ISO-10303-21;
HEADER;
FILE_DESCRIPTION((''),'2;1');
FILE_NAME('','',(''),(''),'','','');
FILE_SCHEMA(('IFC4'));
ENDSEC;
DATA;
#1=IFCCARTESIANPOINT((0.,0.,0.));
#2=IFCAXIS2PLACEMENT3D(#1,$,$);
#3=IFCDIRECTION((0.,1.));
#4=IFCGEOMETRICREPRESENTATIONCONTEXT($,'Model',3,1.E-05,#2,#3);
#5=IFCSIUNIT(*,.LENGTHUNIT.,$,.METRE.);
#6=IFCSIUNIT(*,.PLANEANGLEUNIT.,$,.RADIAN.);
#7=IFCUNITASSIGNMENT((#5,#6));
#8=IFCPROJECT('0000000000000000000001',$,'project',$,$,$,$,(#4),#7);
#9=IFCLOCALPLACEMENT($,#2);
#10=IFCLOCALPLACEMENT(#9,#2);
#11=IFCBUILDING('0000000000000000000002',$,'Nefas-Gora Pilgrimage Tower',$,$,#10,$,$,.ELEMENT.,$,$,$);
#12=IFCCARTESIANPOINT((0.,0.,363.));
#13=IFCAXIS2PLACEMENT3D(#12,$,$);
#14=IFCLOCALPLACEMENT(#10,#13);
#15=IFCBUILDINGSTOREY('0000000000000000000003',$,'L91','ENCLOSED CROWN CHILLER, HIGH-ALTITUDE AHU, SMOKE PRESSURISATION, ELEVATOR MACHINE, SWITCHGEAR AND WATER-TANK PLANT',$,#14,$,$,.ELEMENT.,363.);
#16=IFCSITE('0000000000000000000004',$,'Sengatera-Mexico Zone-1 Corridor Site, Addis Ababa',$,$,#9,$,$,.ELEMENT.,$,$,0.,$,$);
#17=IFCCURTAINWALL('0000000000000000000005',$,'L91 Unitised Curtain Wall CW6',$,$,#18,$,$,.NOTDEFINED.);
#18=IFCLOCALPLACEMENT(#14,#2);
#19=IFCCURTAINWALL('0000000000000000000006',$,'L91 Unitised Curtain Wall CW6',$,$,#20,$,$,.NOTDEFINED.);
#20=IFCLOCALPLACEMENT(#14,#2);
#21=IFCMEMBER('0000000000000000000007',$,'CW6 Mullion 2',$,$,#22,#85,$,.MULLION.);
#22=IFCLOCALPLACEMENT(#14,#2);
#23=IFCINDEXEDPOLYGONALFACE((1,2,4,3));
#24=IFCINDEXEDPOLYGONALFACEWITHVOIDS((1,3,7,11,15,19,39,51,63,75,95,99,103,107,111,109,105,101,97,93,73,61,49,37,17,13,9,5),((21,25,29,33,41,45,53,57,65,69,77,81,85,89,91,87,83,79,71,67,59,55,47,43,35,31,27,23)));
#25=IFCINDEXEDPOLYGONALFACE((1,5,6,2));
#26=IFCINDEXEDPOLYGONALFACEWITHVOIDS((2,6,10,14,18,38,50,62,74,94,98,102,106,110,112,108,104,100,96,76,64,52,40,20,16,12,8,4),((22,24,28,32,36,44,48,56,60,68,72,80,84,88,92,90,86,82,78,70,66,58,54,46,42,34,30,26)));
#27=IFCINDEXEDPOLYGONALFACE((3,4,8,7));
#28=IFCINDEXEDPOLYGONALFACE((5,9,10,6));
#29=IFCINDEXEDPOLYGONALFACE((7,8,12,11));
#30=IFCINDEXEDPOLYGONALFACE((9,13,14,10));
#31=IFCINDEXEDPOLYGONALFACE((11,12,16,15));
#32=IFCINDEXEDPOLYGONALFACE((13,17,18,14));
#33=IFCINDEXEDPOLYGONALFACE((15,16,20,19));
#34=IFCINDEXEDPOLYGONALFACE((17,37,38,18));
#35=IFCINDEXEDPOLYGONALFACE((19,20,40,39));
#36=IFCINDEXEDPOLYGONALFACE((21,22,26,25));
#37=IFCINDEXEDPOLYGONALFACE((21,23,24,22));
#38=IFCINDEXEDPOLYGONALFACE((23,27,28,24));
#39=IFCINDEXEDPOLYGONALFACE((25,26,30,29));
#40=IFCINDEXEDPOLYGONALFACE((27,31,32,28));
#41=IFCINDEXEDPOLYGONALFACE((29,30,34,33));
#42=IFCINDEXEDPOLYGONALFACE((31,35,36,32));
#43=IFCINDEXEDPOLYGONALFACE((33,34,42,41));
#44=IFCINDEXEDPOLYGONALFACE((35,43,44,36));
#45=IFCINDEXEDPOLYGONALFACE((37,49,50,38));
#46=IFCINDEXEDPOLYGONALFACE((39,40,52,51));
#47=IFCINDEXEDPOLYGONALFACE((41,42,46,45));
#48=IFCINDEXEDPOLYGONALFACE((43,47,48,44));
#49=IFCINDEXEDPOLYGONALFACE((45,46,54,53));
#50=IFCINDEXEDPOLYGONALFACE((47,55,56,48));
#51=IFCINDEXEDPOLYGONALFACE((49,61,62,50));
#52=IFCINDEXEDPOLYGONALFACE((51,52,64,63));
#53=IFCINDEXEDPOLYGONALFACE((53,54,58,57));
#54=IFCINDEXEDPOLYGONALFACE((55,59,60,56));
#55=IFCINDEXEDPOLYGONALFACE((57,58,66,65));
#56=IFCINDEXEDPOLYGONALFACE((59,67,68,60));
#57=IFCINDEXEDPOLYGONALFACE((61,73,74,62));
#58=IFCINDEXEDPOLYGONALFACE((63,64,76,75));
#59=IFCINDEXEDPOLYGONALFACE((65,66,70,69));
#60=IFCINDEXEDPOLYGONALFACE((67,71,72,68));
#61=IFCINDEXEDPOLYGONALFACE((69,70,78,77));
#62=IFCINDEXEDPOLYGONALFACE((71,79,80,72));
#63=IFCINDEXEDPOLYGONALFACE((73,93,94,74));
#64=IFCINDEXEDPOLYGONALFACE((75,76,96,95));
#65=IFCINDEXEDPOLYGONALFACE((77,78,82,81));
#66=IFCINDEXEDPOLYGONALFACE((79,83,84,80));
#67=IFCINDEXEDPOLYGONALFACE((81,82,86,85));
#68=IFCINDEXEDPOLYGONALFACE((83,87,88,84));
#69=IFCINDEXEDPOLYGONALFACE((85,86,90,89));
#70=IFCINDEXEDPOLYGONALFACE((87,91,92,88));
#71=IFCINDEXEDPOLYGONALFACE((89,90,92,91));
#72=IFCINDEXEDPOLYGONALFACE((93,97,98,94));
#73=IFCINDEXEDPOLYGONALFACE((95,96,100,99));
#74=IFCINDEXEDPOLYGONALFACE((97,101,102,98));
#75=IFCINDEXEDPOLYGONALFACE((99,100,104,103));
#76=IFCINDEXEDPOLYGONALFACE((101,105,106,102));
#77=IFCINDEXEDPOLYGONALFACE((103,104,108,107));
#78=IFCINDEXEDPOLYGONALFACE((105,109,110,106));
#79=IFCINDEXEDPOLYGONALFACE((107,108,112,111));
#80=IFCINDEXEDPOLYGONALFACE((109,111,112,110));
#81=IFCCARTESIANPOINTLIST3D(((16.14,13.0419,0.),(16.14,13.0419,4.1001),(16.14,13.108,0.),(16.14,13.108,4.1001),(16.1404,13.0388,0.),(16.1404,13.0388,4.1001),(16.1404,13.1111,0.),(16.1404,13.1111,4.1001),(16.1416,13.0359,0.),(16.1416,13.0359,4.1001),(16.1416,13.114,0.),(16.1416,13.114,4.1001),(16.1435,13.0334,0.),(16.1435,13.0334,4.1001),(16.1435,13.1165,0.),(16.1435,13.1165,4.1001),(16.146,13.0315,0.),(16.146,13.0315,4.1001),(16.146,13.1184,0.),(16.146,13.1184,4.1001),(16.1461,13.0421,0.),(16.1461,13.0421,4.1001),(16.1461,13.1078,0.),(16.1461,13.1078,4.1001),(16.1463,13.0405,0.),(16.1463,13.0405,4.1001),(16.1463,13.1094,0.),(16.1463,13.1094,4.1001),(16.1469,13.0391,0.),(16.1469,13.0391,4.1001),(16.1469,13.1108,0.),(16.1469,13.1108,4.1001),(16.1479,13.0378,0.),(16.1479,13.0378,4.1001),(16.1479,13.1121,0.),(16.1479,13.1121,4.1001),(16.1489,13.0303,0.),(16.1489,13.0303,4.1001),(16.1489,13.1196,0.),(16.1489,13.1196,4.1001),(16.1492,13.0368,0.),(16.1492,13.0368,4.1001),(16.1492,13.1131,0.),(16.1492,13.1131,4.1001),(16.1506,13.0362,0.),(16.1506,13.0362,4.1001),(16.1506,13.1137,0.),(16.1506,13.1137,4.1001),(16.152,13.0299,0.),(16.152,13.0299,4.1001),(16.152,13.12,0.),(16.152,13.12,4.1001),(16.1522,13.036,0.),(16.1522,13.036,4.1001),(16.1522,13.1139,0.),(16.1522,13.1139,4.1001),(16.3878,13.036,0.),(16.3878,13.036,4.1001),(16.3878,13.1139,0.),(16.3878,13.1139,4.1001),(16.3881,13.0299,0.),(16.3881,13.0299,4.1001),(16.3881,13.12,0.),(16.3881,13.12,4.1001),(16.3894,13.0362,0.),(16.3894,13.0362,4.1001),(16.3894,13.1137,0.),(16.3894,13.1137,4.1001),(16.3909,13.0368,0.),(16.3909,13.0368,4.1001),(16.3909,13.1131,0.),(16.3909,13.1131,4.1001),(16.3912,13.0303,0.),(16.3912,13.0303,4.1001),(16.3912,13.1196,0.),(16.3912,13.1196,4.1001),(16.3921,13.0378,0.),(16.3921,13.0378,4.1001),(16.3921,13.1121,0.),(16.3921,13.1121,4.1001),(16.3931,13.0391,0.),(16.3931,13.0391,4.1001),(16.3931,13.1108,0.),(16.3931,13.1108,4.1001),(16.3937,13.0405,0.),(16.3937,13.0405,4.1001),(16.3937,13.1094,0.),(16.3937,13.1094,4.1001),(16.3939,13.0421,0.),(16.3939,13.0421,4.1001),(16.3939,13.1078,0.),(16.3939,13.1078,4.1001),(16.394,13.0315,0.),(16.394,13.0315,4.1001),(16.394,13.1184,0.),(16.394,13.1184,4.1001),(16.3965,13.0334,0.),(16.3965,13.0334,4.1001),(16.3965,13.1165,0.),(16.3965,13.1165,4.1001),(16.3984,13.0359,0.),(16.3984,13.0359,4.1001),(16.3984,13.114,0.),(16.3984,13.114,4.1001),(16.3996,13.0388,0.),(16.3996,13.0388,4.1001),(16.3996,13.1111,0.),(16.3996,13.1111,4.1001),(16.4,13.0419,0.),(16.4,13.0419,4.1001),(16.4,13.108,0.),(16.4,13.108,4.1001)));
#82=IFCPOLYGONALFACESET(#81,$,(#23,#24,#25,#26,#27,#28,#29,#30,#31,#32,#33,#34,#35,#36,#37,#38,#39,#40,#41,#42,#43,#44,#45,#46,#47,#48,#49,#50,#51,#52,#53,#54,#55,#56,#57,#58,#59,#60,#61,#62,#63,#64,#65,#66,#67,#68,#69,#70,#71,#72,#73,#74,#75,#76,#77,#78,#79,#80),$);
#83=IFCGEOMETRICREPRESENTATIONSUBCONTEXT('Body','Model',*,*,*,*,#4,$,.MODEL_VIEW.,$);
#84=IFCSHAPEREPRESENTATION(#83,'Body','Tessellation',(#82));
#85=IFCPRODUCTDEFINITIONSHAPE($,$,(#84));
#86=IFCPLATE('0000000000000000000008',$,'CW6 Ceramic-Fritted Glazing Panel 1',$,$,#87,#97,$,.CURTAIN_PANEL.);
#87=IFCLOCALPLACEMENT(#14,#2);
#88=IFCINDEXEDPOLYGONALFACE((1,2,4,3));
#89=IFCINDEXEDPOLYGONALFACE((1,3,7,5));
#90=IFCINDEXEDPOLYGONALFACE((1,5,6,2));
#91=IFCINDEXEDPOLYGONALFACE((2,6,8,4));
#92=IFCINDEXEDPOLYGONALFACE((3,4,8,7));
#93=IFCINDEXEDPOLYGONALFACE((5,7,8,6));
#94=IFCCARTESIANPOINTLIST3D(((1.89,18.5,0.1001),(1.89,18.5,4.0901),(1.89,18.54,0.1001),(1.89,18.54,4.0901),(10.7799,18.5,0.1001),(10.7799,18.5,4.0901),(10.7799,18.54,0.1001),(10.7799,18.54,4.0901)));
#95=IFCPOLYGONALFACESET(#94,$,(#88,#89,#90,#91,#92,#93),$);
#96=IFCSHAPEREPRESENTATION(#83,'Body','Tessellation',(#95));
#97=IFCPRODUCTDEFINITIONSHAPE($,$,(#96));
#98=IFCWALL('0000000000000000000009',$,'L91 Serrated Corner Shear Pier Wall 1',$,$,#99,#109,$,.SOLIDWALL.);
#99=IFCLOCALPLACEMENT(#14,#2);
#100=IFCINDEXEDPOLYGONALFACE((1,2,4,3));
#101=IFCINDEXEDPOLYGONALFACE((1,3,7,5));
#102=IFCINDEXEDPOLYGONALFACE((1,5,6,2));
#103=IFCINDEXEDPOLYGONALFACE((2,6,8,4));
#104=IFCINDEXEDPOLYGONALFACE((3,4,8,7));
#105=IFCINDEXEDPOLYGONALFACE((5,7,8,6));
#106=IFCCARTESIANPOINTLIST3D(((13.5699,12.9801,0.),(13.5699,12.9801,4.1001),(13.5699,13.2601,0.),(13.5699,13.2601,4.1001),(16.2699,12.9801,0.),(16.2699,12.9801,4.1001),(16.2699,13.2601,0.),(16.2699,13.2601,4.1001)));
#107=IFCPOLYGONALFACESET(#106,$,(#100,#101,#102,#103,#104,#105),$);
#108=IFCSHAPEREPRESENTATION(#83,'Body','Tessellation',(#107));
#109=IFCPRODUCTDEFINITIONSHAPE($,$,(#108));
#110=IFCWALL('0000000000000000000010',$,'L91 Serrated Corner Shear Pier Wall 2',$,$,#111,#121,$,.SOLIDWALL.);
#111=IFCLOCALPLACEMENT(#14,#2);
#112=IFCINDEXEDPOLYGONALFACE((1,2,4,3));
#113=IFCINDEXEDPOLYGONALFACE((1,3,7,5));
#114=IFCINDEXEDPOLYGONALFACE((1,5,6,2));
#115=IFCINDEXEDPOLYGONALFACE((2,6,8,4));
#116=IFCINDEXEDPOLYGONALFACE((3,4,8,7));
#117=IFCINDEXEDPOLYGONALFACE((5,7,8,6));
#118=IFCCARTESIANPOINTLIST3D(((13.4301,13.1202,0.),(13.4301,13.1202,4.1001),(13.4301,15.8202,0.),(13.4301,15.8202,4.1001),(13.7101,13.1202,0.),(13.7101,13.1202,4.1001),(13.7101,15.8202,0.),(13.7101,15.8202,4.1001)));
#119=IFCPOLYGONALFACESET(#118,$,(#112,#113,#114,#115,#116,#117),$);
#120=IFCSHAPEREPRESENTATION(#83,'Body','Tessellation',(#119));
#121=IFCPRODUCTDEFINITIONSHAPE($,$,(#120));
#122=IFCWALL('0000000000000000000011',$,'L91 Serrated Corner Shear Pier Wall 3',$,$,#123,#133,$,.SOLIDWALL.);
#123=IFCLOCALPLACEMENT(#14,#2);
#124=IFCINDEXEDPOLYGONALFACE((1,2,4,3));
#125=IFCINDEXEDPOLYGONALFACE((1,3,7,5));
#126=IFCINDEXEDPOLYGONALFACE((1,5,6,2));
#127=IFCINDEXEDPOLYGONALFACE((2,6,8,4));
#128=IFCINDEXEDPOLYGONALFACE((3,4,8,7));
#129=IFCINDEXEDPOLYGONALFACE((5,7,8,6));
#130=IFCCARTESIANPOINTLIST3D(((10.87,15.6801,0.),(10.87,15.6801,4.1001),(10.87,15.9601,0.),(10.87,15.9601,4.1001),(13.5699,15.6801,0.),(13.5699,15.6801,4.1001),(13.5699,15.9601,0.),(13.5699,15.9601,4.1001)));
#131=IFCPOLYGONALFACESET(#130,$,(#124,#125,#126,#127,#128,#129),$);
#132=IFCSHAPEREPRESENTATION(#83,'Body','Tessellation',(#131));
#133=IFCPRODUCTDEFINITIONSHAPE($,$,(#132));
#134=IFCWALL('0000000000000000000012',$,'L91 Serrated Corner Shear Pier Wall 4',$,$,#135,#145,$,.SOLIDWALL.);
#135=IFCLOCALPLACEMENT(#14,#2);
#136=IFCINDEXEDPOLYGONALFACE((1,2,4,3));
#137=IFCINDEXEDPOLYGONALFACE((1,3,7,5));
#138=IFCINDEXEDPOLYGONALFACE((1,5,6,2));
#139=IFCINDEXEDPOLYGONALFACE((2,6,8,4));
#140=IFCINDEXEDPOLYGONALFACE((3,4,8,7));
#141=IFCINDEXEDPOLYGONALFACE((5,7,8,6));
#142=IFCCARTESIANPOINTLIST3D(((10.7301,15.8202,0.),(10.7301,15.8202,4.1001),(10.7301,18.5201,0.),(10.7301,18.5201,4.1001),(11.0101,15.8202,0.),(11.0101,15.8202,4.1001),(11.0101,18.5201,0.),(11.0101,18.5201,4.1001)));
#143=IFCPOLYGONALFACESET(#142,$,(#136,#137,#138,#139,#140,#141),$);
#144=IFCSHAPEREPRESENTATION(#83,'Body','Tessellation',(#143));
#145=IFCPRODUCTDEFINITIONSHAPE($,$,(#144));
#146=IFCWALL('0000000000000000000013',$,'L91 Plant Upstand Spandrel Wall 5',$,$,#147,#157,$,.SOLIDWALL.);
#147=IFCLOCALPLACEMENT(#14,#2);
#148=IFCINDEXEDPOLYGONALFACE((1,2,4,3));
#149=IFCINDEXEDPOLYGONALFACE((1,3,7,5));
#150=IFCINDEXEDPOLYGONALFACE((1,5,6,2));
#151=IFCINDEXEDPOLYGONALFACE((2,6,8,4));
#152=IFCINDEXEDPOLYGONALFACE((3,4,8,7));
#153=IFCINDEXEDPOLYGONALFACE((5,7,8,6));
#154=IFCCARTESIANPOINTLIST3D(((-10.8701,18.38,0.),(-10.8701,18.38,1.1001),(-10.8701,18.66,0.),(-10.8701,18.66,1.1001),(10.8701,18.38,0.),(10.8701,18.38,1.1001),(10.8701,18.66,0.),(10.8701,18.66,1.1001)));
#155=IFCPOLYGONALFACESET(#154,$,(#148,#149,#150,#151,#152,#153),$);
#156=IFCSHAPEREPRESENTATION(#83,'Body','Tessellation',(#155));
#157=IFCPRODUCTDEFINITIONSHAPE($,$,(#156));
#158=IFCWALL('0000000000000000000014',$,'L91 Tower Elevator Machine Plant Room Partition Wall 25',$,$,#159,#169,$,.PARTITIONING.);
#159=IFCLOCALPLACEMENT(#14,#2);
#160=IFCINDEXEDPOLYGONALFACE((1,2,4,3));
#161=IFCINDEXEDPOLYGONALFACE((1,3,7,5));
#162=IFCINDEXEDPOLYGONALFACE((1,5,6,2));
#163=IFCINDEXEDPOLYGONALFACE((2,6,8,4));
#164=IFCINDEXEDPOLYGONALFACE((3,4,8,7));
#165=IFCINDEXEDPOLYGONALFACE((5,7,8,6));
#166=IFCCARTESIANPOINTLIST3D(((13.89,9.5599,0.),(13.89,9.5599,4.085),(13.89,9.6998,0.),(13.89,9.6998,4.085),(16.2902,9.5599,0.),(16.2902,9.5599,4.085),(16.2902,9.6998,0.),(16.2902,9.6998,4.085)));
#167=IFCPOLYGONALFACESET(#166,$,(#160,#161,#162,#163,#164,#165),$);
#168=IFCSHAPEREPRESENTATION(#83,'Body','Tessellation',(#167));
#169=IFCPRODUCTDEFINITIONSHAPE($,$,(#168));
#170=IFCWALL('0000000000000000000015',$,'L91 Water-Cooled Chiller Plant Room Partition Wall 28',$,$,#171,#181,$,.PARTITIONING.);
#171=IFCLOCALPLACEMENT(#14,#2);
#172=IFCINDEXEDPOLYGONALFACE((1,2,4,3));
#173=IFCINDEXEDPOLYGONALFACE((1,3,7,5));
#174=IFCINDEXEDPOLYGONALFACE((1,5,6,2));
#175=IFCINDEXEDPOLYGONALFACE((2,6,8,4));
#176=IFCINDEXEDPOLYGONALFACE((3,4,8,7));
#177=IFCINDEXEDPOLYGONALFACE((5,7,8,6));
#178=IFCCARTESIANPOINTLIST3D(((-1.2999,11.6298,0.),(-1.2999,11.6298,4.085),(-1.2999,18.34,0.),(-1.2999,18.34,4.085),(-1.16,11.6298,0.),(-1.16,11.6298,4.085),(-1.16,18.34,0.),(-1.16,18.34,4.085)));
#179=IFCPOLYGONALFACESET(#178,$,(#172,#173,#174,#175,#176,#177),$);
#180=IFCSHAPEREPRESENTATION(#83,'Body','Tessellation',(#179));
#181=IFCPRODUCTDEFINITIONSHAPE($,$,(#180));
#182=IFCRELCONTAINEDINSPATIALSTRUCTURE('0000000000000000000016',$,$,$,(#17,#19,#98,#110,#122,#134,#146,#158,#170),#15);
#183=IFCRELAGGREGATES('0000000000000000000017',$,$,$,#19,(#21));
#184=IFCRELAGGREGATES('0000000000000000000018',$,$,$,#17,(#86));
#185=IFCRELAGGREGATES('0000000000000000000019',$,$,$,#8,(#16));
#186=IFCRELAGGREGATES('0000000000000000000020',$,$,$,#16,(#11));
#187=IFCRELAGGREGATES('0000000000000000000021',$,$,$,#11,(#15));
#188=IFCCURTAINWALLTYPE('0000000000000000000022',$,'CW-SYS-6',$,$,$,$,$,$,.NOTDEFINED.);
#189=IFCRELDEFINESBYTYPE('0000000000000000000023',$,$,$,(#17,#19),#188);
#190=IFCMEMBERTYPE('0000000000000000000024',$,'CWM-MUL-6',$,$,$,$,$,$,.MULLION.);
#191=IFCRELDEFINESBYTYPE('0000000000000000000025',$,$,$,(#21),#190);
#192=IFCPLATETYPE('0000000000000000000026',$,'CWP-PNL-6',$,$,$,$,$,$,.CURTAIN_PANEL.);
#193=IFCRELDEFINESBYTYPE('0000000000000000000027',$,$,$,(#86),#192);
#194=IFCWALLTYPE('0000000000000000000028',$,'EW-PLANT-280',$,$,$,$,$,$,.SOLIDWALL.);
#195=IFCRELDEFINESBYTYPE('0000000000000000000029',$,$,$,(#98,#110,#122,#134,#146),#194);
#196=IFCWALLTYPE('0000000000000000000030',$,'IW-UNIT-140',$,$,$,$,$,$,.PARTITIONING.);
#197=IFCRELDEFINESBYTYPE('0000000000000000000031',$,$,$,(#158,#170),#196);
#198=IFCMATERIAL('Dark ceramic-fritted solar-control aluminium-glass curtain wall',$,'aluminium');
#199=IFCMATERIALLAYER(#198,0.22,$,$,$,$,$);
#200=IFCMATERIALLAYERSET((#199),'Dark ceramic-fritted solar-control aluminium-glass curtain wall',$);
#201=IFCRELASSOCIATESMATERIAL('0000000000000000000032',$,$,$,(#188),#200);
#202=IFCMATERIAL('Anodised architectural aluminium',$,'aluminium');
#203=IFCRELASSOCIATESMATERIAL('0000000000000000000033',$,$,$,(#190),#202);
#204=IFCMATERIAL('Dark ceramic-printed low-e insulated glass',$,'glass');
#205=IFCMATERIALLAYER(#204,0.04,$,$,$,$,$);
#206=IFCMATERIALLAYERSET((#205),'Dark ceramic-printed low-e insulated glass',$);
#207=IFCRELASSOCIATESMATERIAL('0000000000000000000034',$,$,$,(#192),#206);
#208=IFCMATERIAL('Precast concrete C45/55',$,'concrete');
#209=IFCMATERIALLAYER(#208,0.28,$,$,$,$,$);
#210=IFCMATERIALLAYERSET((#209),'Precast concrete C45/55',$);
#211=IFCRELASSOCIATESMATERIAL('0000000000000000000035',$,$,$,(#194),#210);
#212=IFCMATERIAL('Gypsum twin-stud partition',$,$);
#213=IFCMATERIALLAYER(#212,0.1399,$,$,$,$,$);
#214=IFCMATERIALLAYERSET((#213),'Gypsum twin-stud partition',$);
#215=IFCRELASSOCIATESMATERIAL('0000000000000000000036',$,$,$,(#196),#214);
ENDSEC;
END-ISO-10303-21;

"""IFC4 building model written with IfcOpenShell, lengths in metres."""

from ifc_helpers import new_model, si_unit, direction, frame, frame_2d, origin, origin_2d, place, context, subcontext, project, spatial, rectangle, hollow_rectangle, extrude, source, transform, mapped, material, layer, layer_set, material_profile, profile_set, type_object, element, aggregate, save


model = new_model("IFC4")

# Units and contexts
model_context = context("Model", 3, precision=1e-05, world=origin(), true_north=direction((0.0, 1.0)))
body_context = subcontext(model_context, "Body", "Model", "MODEL_VIEW")
ifc_project = project(units=[si_unit("LENGTHUNIT", "METRE"), si_unit("PLANEANGLEUNIT", "RADIAN")], contexts=[model_context])

# Site, building, storey
site_placement = place(None, origin())
site = spatial("IfcSite", under=ifc_project, at=site_placement, Name="Sengatera-Mexico Zone-1 Corridor Site, Addis Ababa", CompositionType="ELEMENT", RefElevation=0.0)
building_placement = place(site_placement, origin())
building = spatial("IfcBuilding", under=site, at=building_placement, Name="Nefas-Gora Pilgrimage Tower", CompositionType="ELEMENT")
storey_placement = place(building_placement, frame((0.0, 0.0, 363.0)))
storey = spatial("IfcBuildingStorey", under=building, at=storey_placement, Name="L91", Description="ENCLOSED CROWN CHILLER, HIGH-ALTITUDE AHU, SMOKE PRESSURISATION, ELEVATOR MACHINE, SWITCHGEAR AND WATER-TANK PLANT", CompositionType="ELEMENT", Elevation=363.0)

# Curtain wall
ifc_material_1 = material(Name="Dark ceramic-fritted solar-control aluminium-glass curtain wall", Category="aluminium")
ifc_layer_1 = layer(ifc_material_1, 0.22)
ifc_layer_set_1 = layer_set([ifc_layer_1], Name="Dark ceramic-fritted solar-control aluminium-glass curtain wall")
curtain_wall_type = type_object("IfcCurtainWallType", Name="CW-SYS-6", PredefinedType="NOTDEFINED", material=ifc_layer_set_1)
curtain_wall_1_placement = place(storey_placement, origin())
curtain_wall_1 = element("IfcCurtainWall", 1, at=curtain_wall_1_placement, inside=storey, type_object=curtain_wall_type, Name="L91 Unitised Curtain Wall CW6", PredefinedType="NOTDEFINED")
ifc_material_2 = material(Name="Anodised architectural aluminium", Category="aluminium")
ifc_material_profile_1 = material_profile(ifc_material_2, hollow_rectangle(XDim=0.0901, YDim=0.26, WallThickness=0.0061, InnerFilletRadius=0.0061, OuterFilletRadius=0.012, at=origin_2d()), Name="ALU MULLION 90x260")
ifc_profile_set_1 = profile_set([ifc_material_profile_1], Name="Anodised architectural aluminium")
member_type_1 = type_object("IfcMemberType", Name="CWM-MUL-6", PredefinedType="MULLION", material=ifc_profile_set_1)
shared_shape_1 = source(origin(), body_context, "Body", "SweptSolid", [
    extrude(hollow_rectangle(XDim=0.0901, YDim=0.26, WallThickness=0.0061, InnerFilletRadius=0.0061, OuterFilletRadius=0.012, at=origin_2d()), origin(), (0.0, 0.0, 1.0), 4.1001),
])

# Curtain wall, member
curtain_wall_2_placement = place(storey_placement, origin())
curtain_wall_2 = element("IfcCurtainWall", 2, at=curtain_wall_2_placement, inside=storey, type_object=curtain_wall_type, Name="L91 Unitised Curtain Wall CW6", PredefinedType="NOTDEFINED")
member_1_placement = place(storey_placement, frame((16.27, 13.075, 0.0), z_axis=(0.0, 0.0, 1.0), x_axis=(0.0, 1.0, 0.0)))
member_1 = element("IfcMember", 3, at=member_1_placement, type_object=member_type_1, Name="CW6 Mullion 2", PredefinedType="MULLION", context=body_context, shape_type="MappedRepresentation", body=[
    mapped(shared_shape_1, transform((0.0, 0.0, 0.0), x_axis=(1.0, 0.0, 0.0), y_axis=(0.0, 1.0, 0.0), z_axis=(0.0, 0.0, 1.0), scale=1.0)),
])
aggregate(curtain_wall_2, [member_1])

# Plate
ifc_material_3 = material(Name="Dark ceramic-printed low-e insulated glass", Category="glass")
ifc_layer_2 = layer(ifc_material_3, 0.04)
ifc_layer_set_2 = layer_set([ifc_layer_2], Name="Dark ceramic-printed low-e insulated glass")
plate_type = type_object("IfcPlateType", Name="CWP-PNL-6", PredefinedType="CURTAIN_PANEL", material=ifc_layer_set_2)
shared_shape_2 = source(origin(), body_context, "Body", "SweptSolid", [
    extrude(rectangle(XDim=8.8899, YDim=0.04, at=origin_2d()), origin(), (0.0, 0.0, 1.0), 3.99),
])
plate_placement = place(storey_placement, frame((6.335, 18.52, 0.1001), z_axis=(0.0, 0.0, 1.0), x_axis=(-1.0, 0.0, 0.0)))
plate = element("IfcPlate", 4, at=plate_placement, type_object=plate_type, Name="CW6 Ceramic-Fritted Glazing Panel 1", PredefinedType="CURTAIN_PANEL", context=body_context, shape_type="MappedRepresentation", body=[
    mapped(shared_shape_2, transform((0.0, 0.0, 0.0), x_axis=(1.0, 0.0, 0.0), y_axis=(0.0, 1.0, 0.0), z_axis=(0.0, 0.0, 1.0), scale=1.0)),
])
aggregate(curtain_wall_1, [plate])

# Walls
ifc_material_4 = material(Name="Precast concrete C45/55", Category="concrete")
ifc_layer_3 = layer(ifc_material_4, 0.28)
ifc_layer_set_3 = layer_set([ifc_layer_3], Name="Precast concrete C45/55")
wall_type_1 = type_object("IfcWallType", Name="EW-PLANT-280", PredefinedType="SOLIDWALL", material=ifc_layer_set_3)
shared_shape_3 = source(origin(), body_context, "Body", "SweptSolid", [
    extrude(rectangle(XDim=2.7, YDim=0.28, at=frame_2d((1.3501, 0.0))), origin(), (0.0, 0.0, 1.0), 4.1001),
])
for number, where, z_axis, x_axis, name in (
    (5, (16.27, 13.1201, 0.0), (0.0, 0.0, 1.0), (-1.0, 0.0, 0.0), "L91 Serrated Corner Shear Pier Wall 1"),
    (6, (13.5701, 13.1201, 0.0), (0.0, 0.0, 1.0), (0.0, 1.0, 0.0), "L91 Serrated Corner Shear Pier Wall 2"),
    (7, (13.5701, 15.8201, 0.0), (0.0, 0.0, 1.0), (-1.0, 0.0, 0.0), "L91 Serrated Corner Shear Pier Wall 3"),
    (8, (10.8701, 15.8201, 0.0), (0.0, 0.0, 1.0), (0.0, 1.0, 0.0), "L91 Serrated Corner Shear Pier Wall 4"),
):
    element("IfcWall", number, at=place(storey_placement, frame(where, z_axis=z_axis, x_axis=x_axis)), inside=storey, type_object=wall_type_1, Name=name, PredefinedType="SOLIDWALL", context=body_context, shape_type="MappedRepresentation", body=[
        mapped(shared_shape_3, transform((0.0, 0.0, 0.0), x_axis=(1.0, 0.0, 0.0), y_axis=(0.0, 1.0, 0.0), z_axis=(0.0, 0.0, 1.0), scale=1.0)),
    ])
shared_shape_4 = source(origin(), body_context, "Body", "SweptSolid", [
    extrude(rectangle(XDim=21.7402, YDim=0.28, at=frame_2d((10.8701, 0.0))), origin(), (0.0, 0.0, 1.0), 1.1001),
])
wall_1_placement = place(storey_placement, frame((10.8701, 18.52, 0.0), z_axis=(0.0, 0.0, 1.0), x_axis=(-1.0, 0.0, 0.0)))
element("IfcWall", 9, at=wall_1_placement, inside=storey, type_object=wall_type_1, Name="L91 Plant Upstand Spandrel Wall 5", PredefinedType="SOLIDWALL", context=body_context, shape_type="MappedRepresentation", body=[
    mapped(shared_shape_4, transform((0.0, 0.0, 0.0), x_axis=(1.0, 0.0, 0.0), y_axis=(0.0, 1.0, 0.0), z_axis=(0.0, 0.0, 1.0), scale=1.0)),
])
ifc_material_5 = material(Name="Gypsum twin-stud partition")
ifc_layer_4 = layer(ifc_material_5, 0.1399)
ifc_layer_set_4 = layer_set([ifc_layer_4], Name="Gypsum twin-stud partition")
wall_type_2 = type_object("IfcWallType", Name="IW-UNIT-140", PredefinedType="PARTITIONING", material=ifc_layer_set_4)
shared_shape_5 = source(origin(), body_context, "Body", "SweptSolid", [
    extrude(rectangle(XDim=2.4001, YDim=0.1399, at=frame_2d((1.2002, 0.0))), origin(), (0.0, 0.0, 1.0), 4.085),
])
wall_2_placement = place(storey_placement, frame((13.8899, 9.6299, 0.0), z_axis=(0.0, 0.0, 1.0), x_axis=(1.0, 0.0, 0.0)))
element("IfcWall", 10, at=wall_2_placement, inside=storey, type_object=wall_type_2, Name="L91 Tower Elevator Machine Plant Room Partition Wall 25", PredefinedType="PARTITIONING", context=body_context, shape_type="MappedRepresentation", body=[
    mapped(shared_shape_5, transform((0.0, 0.0, 0.0), x_axis=(1.0, 0.0, 0.0), y_axis=(0.0, 1.0, 0.0), z_axis=(0.0, 0.0, 1.0), scale=1.0)),
])
shared_shape_6 = source(origin(), body_context, "Body", "SweptSolid", [
    extrude(rectangle(XDim=6.7102, YDim=0.1399, at=frame_2d((3.355, 0.0))), origin(), (0.0, 0.0, 1.0), 4.085),
])
wall_3_placement = place(storey_placement, frame((-1.23, 11.6299, 0.0), z_axis=(0.0, 0.0, 1.0), x_axis=(0.0, 1.0, 0.0)))
element("IfcWall", 11, at=wall_3_placement, inside=storey, type_object=wall_type_2, Name="L91 Water-Cooled Chiller Plant Room Partition Wall 28", PredefinedType="PARTITIONING", context=body_context, shape_type="MappedRepresentation", body=[
    mapped(shared_shape_6, transform((0.0, 0.0, 0.0), x_axis=(1.0, 0.0, 0.0), y_axis=(0.0, 1.0, 0.0), z_axis=(0.0, 0.0, 1.0), scale=1.0)),
])

save(model, "model.ifc")
